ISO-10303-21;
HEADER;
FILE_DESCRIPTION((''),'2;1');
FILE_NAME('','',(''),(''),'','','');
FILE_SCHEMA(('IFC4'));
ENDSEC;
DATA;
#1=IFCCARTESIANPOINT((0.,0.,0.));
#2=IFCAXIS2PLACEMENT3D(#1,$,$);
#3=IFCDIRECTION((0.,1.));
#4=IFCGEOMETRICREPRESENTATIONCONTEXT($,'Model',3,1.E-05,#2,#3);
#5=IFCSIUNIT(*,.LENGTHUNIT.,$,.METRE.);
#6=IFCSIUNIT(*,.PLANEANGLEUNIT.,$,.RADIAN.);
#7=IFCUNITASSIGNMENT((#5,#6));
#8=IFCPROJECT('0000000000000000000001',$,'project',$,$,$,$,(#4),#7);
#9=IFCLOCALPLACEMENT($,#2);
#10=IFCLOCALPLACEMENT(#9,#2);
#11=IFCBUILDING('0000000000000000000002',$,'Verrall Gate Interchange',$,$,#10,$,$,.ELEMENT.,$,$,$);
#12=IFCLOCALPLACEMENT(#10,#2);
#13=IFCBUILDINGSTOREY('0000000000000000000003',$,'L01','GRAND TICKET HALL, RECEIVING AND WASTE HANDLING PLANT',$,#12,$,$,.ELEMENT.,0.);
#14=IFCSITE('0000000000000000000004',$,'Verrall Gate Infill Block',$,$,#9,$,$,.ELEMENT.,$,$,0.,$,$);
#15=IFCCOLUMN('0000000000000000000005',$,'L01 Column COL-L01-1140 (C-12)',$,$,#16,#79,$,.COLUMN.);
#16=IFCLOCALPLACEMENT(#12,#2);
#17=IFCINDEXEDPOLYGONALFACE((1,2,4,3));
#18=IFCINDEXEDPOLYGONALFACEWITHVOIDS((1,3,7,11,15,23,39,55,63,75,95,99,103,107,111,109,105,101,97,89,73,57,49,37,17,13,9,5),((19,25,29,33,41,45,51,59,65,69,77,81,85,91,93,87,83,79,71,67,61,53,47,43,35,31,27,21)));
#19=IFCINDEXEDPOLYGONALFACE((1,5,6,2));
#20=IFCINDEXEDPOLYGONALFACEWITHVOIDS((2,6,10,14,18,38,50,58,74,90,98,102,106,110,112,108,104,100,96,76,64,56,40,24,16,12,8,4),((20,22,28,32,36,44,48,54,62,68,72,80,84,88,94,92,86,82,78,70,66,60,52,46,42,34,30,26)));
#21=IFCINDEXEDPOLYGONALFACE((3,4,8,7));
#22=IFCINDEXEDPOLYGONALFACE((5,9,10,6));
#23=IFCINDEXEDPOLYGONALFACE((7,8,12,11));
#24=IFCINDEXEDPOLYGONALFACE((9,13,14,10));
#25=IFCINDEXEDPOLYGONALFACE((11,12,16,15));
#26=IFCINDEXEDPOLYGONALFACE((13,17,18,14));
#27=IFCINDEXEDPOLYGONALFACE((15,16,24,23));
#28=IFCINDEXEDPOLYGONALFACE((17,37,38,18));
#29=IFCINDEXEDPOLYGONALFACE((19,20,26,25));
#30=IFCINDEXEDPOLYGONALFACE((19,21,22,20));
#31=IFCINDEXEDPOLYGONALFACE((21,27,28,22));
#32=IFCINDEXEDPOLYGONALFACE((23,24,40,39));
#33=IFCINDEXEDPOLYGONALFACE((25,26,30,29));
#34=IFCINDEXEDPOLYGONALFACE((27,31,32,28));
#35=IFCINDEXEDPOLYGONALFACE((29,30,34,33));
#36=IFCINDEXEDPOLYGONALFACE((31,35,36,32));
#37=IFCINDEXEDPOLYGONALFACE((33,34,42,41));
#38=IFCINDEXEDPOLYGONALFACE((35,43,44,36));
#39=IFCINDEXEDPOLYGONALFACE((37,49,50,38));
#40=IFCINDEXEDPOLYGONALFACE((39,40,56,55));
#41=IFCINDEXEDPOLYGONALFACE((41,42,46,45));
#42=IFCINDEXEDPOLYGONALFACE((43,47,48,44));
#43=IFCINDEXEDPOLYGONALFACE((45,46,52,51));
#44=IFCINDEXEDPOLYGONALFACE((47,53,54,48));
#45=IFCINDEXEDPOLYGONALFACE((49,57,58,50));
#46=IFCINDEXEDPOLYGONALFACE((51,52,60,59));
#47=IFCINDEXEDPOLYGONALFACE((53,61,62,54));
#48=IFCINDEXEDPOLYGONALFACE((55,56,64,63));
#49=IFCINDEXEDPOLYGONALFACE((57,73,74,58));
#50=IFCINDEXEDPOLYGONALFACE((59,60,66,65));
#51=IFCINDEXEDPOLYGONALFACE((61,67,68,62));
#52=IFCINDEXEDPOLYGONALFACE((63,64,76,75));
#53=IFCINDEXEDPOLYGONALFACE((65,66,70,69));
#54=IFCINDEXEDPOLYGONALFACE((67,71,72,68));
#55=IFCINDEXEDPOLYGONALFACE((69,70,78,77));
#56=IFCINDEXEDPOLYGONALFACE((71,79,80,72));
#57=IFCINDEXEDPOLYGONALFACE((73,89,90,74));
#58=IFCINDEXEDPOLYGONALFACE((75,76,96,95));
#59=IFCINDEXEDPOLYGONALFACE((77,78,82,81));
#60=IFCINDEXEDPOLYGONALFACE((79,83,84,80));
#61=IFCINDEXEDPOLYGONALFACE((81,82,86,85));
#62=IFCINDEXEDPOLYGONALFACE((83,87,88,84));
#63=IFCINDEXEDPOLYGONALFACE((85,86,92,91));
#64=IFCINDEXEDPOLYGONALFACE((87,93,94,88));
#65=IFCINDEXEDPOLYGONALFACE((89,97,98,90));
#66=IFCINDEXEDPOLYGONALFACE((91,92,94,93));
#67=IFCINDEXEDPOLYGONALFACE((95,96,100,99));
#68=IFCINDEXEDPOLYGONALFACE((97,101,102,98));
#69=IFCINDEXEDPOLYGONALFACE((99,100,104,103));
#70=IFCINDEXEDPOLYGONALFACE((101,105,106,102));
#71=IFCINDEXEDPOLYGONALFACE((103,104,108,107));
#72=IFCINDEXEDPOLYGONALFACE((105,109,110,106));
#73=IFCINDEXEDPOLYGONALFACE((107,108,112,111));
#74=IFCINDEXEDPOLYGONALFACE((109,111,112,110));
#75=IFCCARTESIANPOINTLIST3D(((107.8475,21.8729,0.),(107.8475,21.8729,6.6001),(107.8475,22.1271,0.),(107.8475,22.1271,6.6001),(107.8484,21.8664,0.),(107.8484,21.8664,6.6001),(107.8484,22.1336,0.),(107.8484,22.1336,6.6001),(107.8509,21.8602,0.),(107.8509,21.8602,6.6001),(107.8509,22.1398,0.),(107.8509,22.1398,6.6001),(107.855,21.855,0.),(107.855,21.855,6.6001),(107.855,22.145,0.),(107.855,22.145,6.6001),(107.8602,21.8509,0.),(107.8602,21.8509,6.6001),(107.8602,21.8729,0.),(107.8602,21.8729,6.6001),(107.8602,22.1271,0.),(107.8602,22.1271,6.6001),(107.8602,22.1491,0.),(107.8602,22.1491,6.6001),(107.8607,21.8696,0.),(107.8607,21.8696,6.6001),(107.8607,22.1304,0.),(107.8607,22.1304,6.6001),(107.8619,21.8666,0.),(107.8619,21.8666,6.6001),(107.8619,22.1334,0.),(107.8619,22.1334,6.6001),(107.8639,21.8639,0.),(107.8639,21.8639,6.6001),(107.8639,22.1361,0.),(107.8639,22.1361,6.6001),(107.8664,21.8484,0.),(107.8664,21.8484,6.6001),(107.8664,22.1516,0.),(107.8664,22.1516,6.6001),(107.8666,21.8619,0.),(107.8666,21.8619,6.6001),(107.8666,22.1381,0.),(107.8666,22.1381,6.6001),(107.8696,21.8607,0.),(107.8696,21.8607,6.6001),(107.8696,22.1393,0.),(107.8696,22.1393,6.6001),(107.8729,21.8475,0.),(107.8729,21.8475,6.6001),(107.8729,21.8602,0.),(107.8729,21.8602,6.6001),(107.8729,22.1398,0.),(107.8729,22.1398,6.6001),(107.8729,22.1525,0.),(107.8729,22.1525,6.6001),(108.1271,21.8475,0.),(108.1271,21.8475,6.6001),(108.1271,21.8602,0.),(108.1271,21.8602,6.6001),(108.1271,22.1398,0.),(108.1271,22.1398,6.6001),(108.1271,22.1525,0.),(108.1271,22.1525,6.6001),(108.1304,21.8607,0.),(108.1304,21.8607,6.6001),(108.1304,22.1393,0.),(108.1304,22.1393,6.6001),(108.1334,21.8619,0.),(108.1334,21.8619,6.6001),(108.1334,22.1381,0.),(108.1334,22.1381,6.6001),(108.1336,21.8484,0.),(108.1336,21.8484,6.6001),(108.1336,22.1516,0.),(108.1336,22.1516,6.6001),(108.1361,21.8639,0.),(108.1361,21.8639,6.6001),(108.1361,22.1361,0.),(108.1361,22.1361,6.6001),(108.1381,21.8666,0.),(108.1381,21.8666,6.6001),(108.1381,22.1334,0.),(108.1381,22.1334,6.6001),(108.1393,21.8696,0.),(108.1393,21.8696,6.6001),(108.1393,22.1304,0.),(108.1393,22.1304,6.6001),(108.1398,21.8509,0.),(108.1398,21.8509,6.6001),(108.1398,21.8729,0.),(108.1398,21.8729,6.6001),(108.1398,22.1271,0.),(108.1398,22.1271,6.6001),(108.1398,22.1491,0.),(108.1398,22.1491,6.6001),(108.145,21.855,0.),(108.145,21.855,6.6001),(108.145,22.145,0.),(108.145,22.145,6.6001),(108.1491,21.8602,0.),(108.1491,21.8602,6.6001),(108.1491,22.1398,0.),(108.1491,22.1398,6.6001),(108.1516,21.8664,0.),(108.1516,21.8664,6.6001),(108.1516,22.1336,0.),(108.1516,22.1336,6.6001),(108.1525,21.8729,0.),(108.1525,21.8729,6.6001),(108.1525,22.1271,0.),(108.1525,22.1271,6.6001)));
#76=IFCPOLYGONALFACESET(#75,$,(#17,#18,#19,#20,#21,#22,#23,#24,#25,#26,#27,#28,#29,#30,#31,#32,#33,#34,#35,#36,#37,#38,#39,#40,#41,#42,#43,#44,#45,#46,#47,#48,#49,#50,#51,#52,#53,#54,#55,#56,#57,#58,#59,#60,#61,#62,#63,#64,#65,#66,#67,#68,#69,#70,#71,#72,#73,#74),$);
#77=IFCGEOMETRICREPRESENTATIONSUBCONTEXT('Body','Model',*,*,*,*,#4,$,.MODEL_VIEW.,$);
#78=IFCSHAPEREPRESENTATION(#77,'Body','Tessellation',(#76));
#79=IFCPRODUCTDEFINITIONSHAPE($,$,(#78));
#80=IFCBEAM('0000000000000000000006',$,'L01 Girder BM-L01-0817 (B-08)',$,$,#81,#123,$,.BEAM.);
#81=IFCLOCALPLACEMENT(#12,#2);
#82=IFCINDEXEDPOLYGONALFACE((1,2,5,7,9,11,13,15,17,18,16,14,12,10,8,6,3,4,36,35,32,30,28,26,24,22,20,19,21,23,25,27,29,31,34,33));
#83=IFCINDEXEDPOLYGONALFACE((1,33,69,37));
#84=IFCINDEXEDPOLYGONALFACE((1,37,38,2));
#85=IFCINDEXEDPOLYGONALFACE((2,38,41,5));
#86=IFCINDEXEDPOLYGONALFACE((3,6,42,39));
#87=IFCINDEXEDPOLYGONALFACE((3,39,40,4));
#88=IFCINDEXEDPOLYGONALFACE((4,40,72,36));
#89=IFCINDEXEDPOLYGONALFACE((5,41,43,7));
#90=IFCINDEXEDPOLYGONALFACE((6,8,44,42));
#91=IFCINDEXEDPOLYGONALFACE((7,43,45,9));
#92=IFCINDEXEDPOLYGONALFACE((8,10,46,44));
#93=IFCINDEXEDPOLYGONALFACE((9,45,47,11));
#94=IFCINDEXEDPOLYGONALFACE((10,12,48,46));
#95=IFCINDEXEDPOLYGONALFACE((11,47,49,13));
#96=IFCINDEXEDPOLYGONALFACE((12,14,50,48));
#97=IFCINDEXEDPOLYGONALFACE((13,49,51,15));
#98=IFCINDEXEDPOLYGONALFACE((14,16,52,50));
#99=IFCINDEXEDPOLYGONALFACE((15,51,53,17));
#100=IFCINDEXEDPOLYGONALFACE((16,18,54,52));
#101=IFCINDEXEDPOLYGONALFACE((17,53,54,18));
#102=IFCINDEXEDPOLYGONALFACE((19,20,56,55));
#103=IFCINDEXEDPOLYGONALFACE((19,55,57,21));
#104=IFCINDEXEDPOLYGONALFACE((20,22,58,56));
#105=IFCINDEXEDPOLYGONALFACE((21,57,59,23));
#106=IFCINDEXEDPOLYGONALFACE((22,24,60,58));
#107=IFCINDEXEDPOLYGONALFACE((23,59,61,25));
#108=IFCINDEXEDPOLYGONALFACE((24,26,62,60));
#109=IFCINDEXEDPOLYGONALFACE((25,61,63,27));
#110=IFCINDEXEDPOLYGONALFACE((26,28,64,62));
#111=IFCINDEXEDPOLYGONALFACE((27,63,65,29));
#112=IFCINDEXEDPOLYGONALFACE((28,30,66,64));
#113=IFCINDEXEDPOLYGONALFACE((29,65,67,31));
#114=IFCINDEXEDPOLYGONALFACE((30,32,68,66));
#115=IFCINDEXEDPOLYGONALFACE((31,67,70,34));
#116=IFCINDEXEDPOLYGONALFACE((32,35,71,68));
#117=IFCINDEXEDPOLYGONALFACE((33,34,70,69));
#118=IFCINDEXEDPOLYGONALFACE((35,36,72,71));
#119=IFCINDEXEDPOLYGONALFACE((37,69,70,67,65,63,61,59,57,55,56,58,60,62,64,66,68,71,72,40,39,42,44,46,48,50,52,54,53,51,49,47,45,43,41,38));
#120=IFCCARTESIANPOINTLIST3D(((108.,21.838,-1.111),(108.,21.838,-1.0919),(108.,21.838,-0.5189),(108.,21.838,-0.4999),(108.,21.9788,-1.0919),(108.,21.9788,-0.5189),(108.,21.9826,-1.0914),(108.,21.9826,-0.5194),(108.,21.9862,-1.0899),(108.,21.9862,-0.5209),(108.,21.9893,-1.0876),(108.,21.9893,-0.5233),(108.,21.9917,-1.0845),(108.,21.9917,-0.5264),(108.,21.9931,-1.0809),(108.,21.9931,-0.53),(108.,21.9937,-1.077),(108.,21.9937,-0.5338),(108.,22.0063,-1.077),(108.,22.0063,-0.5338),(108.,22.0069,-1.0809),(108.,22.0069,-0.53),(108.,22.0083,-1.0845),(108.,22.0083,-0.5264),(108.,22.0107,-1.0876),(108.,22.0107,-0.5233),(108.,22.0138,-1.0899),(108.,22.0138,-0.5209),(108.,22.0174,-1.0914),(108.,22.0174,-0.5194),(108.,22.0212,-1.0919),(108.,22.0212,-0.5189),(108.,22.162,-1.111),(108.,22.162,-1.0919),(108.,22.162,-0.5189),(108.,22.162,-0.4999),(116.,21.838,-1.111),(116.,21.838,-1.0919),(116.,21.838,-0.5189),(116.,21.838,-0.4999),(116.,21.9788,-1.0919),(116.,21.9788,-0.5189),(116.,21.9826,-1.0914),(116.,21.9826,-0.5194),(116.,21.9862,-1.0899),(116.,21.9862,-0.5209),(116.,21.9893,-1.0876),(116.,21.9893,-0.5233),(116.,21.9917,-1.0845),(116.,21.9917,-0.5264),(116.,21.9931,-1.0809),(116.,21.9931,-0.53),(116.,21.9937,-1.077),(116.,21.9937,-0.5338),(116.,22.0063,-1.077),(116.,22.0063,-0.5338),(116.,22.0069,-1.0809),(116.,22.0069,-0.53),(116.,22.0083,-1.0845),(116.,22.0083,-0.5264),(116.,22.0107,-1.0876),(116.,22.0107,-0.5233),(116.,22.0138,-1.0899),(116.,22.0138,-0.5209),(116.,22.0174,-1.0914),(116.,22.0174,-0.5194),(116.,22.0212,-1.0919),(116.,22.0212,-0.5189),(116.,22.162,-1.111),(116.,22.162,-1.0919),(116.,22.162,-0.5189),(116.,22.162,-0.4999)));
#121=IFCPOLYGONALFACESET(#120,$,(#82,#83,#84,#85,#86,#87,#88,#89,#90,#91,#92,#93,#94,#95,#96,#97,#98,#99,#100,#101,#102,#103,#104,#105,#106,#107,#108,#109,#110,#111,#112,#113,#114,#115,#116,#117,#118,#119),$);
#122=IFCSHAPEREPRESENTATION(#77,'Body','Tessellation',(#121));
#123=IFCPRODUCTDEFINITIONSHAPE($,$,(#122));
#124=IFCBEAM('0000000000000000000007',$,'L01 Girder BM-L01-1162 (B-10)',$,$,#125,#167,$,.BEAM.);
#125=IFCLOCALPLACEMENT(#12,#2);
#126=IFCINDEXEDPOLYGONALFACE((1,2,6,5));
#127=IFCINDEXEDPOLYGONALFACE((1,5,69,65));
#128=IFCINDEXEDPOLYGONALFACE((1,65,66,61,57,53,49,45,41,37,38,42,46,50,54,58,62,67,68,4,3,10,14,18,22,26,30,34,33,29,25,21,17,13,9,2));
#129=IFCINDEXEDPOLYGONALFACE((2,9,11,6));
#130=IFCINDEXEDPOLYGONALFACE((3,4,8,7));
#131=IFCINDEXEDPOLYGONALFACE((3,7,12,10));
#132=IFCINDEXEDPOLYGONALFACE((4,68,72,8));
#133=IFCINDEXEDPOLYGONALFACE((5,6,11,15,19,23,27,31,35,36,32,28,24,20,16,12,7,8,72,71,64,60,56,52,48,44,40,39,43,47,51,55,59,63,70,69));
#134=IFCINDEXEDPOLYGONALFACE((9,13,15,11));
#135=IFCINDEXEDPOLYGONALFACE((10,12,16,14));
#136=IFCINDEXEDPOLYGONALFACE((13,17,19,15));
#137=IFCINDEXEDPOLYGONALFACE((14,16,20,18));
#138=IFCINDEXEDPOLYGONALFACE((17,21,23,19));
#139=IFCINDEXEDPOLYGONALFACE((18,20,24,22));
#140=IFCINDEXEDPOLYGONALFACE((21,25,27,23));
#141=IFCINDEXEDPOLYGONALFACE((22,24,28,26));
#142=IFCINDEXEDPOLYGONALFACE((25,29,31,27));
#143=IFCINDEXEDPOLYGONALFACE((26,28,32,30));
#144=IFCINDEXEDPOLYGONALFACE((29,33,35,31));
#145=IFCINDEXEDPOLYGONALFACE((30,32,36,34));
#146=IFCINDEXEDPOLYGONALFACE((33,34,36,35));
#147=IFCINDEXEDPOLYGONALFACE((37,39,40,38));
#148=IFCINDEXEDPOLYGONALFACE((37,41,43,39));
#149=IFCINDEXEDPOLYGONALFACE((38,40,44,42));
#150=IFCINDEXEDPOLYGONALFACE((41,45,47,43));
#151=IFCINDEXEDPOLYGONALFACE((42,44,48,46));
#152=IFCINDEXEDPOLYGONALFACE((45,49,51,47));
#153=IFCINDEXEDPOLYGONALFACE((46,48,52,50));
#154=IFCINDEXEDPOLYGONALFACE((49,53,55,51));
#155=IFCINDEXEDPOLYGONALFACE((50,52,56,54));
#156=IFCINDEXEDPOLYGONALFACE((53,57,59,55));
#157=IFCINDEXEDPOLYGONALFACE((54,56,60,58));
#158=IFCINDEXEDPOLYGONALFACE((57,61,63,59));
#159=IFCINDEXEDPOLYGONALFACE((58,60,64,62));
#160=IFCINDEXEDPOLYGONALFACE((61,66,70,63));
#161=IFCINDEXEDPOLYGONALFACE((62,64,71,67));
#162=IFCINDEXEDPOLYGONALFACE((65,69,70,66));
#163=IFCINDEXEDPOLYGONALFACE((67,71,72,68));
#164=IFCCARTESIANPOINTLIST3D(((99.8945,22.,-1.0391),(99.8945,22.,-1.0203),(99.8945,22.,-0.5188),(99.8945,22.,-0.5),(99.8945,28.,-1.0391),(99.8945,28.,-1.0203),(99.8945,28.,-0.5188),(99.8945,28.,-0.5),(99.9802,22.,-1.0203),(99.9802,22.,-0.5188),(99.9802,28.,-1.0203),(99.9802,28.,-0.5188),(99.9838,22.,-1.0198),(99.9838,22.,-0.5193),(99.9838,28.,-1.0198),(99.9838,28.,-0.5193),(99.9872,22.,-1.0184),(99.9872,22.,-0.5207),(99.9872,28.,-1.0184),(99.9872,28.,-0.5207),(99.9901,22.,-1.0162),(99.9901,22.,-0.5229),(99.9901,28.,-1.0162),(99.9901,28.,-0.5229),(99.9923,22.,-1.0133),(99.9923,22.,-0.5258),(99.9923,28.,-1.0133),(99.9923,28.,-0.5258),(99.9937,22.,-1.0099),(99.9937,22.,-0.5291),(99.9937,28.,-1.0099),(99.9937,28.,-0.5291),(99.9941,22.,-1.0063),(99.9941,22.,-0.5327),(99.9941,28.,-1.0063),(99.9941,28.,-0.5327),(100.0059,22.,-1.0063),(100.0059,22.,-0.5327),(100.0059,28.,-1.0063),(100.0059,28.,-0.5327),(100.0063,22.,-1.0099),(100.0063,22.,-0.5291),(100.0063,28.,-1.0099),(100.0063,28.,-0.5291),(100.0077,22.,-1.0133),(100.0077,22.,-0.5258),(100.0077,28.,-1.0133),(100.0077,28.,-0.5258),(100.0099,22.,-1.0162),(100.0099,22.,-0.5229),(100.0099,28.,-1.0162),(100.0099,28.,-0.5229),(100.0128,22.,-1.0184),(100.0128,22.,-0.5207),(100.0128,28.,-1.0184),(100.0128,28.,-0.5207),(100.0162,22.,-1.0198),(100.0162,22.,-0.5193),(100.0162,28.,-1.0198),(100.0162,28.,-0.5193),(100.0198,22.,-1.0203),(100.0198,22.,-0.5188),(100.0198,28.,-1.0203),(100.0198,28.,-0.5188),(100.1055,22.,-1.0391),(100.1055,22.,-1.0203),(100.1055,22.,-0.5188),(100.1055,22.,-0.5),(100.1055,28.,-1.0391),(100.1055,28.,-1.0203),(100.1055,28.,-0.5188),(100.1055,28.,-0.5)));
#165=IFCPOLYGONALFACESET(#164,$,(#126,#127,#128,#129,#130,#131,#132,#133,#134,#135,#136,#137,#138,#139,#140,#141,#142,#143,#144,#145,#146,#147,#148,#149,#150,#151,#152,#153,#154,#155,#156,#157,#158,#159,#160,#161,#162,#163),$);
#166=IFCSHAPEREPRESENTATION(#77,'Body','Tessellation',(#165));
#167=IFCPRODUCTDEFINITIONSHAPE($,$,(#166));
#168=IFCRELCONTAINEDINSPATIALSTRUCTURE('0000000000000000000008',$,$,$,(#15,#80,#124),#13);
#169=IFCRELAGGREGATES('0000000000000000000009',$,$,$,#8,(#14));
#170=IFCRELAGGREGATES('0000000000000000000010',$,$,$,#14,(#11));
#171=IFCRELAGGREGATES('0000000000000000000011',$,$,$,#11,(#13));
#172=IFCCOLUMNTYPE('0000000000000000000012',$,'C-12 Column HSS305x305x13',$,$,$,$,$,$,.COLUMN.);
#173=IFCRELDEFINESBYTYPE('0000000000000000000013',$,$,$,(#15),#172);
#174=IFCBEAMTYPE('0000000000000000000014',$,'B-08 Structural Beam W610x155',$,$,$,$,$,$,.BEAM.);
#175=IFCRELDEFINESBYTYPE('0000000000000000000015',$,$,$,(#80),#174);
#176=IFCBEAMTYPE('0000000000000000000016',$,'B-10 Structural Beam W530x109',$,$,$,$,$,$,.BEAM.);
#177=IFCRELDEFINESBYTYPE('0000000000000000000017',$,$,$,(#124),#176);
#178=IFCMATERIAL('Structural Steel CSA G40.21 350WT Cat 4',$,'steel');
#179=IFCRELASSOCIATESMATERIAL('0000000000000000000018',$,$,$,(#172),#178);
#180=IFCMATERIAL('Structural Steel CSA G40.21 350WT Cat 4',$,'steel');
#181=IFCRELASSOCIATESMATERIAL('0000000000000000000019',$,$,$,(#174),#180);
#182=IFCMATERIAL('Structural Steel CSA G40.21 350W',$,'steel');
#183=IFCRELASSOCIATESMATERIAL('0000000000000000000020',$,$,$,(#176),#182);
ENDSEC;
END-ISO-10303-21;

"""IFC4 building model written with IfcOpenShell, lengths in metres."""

from ifc_helpers import new_model, si_unit, direction, frame, origin, origin_2d, place, context, subcontext, project, spatial, hollow_rectangle, i_section, extrude, material, material_profile, profile_set, type_object, element, save


model = new_model("IFC4")

# Units and contexts
model_context = context("Model", 3, precision=1e-05, world=origin(), true_north=direction((0.0, 1.0)))
body_context = subcontext(model_context, "Body", "Model", "MODEL_VIEW")
ifc_project = project(units=[si_unit("LENGTHUNIT", "METRE"), si_unit("PLANEANGLEUNIT", "RADIAN")], contexts=[model_context])

# Site, building, storey
site_placement = place(None, origin())
site = spatial("IfcSite", under=ifc_project, at=site_placement, Name="Verrall Gate Infill Block", CompositionType="ELEMENT", RefElevation=0.0)
building_placement = place(site_placement, origin())
building = spatial("IfcBuilding", under=site, at=building_placement, Name="Verrall Gate Interchange", CompositionType="ELEMENT")
storey_placement = place(building_placement, origin())
storey = spatial("IfcBuildingStorey", under=building, at=storey_placement, Name="L01", Description="GRAND TICKET HALL, RECEIVING AND WASTE HANDLING PLANT", CompositionType="ELEMENT", Elevation=0.0)

# Column
ifc_material_1 = material(Name="Structural Steel CSA G40.21 350WT Cat 4", Category="steel")
ifc_material_profile_1 = material_profile(ifc_material_1, hollow_rectangle(XDim=0.3049, YDim=0.3049, WallThickness=0.0127, InnerFilletRadius=0.0127, OuterFilletRadius=0.0254, at=origin_2d()), Name="HSS305x305x13")
ifc_profile_set_1 = profile_set([ifc_material_profile_1], Name="Structural Steel CSA G40.21 350WT Cat 4")
column_type = type_object("IfcColumnType", Name="C-12 Column HSS305x305x13", PredefinedType="COLUMN", material=ifc_profile_set_1)
column_placement = place(storey_placement, frame((108.0, 22.0, 0.0), z_axis=(0.0, 0.0, 1.0), x_axis=(1.0, 0.0, 0.0)))
element("IfcColumn", 1, at=column_placement, inside=storey, type_object=column_type, Name="L01 Column COL-L01-1140 (C-12)", PredefinedType="COLUMN", context=body_context, shape_type="SweptSolid", body=[
    extrude(hollow_rectangle(XDim=0.3049, YDim=0.3049, WallThickness=0.0127, InnerFilletRadius=0.0127, OuterFilletRadius=0.0254, at=origin_2d()), origin(), (0.0, 0.0, 1.0), 6.6001),
])

# Beams
ifc_material_2 = material(Name="Structural Steel CSA G40.21 350WT Cat 4", Category="steel")
ifc_material_profile_2 = material_profile(ifc_material_2, i_section(OverallWidth=0.324, OverallDepth=0.6111, WebThickness=0.0127, FlangeThickness=0.019, FilletRadius=0.0149, at=origin_2d()), Name="W610x155")
ifc_profile_set_2 = profile_set([ifc_material_profile_2], Name="Structural Steel CSA G40.21 350WT Cat 4")
beam_type_1 = type_object("IfcBeamType", Name="B-08 Structural Beam W610x155", PredefinedType="BEAM", material=ifc_profile_set_2)
beam_1_placement = place(storey_placement, frame((108.0, 22.0, -0.8054), z_axis=(1.0, 0.0, 0.0), x_axis=(0.0, 1.0, 0.0)))
element("IfcBeam", 2, at=beam_1_placement, inside=storey, type_object=beam_type_1, Name="L01 Girder BM-L01-0817 (B-08)", PredefinedType="BEAM", context=body_context, shape_type="SweptSolid", body=[
    extrude(i_section(OverallWidth=0.324, OverallDepth=0.6111, WebThickness=0.0127, FlangeThickness=0.019, FilletRadius=0.0149, at=origin_2d()), origin(), (0.0, 0.0, 1.0), 8.0),
])
ifc_material_3 = material(Name="Structural Steel CSA G40.21 350W", Category="steel")
ifc_material_profile_3 = material_profile(ifc_material_3, i_section(OverallWidth=0.2109, OverallDepth=0.5391, WebThickness=0.0117, FlangeThickness=0.0188, FilletRadius=0.0139, at=origin_2d()), Name="W530x109")
ifc_profile_set_3 = profile_set([ifc_material_profile_3], Name="Structural Steel CSA G40.21 350W")
beam_type_2 = type_object("IfcBeamType", Name="B-10 Structural Beam W530x109", PredefinedType="BEAM", material=ifc_profile_set_3)
beam_2_placement = place(storey_placement, frame((100.0, 22.0, -0.7695), z_axis=(0.0, 1.0, 0.0), x_axis=(-1.0, 0.0, 0.0)))
element("IfcBeam", 3, at=beam_2_placement, inside=storey, type_object=beam_type_2, Name="L01 Girder BM-L01-1162 (B-10)", PredefinedType="BEAM", context=body_context, shape_type="SweptSolid", body=[
    extrude(i_section(OverallWidth=0.2109, OverallDepth=0.5391, WebThickness=0.0117, FlangeThickness=0.0188, FilletRadius=0.0139, at=origin_2d()), origin(), (0.0, 0.0, 1.0), 6.0),
])

save(model, "model.ifc")
